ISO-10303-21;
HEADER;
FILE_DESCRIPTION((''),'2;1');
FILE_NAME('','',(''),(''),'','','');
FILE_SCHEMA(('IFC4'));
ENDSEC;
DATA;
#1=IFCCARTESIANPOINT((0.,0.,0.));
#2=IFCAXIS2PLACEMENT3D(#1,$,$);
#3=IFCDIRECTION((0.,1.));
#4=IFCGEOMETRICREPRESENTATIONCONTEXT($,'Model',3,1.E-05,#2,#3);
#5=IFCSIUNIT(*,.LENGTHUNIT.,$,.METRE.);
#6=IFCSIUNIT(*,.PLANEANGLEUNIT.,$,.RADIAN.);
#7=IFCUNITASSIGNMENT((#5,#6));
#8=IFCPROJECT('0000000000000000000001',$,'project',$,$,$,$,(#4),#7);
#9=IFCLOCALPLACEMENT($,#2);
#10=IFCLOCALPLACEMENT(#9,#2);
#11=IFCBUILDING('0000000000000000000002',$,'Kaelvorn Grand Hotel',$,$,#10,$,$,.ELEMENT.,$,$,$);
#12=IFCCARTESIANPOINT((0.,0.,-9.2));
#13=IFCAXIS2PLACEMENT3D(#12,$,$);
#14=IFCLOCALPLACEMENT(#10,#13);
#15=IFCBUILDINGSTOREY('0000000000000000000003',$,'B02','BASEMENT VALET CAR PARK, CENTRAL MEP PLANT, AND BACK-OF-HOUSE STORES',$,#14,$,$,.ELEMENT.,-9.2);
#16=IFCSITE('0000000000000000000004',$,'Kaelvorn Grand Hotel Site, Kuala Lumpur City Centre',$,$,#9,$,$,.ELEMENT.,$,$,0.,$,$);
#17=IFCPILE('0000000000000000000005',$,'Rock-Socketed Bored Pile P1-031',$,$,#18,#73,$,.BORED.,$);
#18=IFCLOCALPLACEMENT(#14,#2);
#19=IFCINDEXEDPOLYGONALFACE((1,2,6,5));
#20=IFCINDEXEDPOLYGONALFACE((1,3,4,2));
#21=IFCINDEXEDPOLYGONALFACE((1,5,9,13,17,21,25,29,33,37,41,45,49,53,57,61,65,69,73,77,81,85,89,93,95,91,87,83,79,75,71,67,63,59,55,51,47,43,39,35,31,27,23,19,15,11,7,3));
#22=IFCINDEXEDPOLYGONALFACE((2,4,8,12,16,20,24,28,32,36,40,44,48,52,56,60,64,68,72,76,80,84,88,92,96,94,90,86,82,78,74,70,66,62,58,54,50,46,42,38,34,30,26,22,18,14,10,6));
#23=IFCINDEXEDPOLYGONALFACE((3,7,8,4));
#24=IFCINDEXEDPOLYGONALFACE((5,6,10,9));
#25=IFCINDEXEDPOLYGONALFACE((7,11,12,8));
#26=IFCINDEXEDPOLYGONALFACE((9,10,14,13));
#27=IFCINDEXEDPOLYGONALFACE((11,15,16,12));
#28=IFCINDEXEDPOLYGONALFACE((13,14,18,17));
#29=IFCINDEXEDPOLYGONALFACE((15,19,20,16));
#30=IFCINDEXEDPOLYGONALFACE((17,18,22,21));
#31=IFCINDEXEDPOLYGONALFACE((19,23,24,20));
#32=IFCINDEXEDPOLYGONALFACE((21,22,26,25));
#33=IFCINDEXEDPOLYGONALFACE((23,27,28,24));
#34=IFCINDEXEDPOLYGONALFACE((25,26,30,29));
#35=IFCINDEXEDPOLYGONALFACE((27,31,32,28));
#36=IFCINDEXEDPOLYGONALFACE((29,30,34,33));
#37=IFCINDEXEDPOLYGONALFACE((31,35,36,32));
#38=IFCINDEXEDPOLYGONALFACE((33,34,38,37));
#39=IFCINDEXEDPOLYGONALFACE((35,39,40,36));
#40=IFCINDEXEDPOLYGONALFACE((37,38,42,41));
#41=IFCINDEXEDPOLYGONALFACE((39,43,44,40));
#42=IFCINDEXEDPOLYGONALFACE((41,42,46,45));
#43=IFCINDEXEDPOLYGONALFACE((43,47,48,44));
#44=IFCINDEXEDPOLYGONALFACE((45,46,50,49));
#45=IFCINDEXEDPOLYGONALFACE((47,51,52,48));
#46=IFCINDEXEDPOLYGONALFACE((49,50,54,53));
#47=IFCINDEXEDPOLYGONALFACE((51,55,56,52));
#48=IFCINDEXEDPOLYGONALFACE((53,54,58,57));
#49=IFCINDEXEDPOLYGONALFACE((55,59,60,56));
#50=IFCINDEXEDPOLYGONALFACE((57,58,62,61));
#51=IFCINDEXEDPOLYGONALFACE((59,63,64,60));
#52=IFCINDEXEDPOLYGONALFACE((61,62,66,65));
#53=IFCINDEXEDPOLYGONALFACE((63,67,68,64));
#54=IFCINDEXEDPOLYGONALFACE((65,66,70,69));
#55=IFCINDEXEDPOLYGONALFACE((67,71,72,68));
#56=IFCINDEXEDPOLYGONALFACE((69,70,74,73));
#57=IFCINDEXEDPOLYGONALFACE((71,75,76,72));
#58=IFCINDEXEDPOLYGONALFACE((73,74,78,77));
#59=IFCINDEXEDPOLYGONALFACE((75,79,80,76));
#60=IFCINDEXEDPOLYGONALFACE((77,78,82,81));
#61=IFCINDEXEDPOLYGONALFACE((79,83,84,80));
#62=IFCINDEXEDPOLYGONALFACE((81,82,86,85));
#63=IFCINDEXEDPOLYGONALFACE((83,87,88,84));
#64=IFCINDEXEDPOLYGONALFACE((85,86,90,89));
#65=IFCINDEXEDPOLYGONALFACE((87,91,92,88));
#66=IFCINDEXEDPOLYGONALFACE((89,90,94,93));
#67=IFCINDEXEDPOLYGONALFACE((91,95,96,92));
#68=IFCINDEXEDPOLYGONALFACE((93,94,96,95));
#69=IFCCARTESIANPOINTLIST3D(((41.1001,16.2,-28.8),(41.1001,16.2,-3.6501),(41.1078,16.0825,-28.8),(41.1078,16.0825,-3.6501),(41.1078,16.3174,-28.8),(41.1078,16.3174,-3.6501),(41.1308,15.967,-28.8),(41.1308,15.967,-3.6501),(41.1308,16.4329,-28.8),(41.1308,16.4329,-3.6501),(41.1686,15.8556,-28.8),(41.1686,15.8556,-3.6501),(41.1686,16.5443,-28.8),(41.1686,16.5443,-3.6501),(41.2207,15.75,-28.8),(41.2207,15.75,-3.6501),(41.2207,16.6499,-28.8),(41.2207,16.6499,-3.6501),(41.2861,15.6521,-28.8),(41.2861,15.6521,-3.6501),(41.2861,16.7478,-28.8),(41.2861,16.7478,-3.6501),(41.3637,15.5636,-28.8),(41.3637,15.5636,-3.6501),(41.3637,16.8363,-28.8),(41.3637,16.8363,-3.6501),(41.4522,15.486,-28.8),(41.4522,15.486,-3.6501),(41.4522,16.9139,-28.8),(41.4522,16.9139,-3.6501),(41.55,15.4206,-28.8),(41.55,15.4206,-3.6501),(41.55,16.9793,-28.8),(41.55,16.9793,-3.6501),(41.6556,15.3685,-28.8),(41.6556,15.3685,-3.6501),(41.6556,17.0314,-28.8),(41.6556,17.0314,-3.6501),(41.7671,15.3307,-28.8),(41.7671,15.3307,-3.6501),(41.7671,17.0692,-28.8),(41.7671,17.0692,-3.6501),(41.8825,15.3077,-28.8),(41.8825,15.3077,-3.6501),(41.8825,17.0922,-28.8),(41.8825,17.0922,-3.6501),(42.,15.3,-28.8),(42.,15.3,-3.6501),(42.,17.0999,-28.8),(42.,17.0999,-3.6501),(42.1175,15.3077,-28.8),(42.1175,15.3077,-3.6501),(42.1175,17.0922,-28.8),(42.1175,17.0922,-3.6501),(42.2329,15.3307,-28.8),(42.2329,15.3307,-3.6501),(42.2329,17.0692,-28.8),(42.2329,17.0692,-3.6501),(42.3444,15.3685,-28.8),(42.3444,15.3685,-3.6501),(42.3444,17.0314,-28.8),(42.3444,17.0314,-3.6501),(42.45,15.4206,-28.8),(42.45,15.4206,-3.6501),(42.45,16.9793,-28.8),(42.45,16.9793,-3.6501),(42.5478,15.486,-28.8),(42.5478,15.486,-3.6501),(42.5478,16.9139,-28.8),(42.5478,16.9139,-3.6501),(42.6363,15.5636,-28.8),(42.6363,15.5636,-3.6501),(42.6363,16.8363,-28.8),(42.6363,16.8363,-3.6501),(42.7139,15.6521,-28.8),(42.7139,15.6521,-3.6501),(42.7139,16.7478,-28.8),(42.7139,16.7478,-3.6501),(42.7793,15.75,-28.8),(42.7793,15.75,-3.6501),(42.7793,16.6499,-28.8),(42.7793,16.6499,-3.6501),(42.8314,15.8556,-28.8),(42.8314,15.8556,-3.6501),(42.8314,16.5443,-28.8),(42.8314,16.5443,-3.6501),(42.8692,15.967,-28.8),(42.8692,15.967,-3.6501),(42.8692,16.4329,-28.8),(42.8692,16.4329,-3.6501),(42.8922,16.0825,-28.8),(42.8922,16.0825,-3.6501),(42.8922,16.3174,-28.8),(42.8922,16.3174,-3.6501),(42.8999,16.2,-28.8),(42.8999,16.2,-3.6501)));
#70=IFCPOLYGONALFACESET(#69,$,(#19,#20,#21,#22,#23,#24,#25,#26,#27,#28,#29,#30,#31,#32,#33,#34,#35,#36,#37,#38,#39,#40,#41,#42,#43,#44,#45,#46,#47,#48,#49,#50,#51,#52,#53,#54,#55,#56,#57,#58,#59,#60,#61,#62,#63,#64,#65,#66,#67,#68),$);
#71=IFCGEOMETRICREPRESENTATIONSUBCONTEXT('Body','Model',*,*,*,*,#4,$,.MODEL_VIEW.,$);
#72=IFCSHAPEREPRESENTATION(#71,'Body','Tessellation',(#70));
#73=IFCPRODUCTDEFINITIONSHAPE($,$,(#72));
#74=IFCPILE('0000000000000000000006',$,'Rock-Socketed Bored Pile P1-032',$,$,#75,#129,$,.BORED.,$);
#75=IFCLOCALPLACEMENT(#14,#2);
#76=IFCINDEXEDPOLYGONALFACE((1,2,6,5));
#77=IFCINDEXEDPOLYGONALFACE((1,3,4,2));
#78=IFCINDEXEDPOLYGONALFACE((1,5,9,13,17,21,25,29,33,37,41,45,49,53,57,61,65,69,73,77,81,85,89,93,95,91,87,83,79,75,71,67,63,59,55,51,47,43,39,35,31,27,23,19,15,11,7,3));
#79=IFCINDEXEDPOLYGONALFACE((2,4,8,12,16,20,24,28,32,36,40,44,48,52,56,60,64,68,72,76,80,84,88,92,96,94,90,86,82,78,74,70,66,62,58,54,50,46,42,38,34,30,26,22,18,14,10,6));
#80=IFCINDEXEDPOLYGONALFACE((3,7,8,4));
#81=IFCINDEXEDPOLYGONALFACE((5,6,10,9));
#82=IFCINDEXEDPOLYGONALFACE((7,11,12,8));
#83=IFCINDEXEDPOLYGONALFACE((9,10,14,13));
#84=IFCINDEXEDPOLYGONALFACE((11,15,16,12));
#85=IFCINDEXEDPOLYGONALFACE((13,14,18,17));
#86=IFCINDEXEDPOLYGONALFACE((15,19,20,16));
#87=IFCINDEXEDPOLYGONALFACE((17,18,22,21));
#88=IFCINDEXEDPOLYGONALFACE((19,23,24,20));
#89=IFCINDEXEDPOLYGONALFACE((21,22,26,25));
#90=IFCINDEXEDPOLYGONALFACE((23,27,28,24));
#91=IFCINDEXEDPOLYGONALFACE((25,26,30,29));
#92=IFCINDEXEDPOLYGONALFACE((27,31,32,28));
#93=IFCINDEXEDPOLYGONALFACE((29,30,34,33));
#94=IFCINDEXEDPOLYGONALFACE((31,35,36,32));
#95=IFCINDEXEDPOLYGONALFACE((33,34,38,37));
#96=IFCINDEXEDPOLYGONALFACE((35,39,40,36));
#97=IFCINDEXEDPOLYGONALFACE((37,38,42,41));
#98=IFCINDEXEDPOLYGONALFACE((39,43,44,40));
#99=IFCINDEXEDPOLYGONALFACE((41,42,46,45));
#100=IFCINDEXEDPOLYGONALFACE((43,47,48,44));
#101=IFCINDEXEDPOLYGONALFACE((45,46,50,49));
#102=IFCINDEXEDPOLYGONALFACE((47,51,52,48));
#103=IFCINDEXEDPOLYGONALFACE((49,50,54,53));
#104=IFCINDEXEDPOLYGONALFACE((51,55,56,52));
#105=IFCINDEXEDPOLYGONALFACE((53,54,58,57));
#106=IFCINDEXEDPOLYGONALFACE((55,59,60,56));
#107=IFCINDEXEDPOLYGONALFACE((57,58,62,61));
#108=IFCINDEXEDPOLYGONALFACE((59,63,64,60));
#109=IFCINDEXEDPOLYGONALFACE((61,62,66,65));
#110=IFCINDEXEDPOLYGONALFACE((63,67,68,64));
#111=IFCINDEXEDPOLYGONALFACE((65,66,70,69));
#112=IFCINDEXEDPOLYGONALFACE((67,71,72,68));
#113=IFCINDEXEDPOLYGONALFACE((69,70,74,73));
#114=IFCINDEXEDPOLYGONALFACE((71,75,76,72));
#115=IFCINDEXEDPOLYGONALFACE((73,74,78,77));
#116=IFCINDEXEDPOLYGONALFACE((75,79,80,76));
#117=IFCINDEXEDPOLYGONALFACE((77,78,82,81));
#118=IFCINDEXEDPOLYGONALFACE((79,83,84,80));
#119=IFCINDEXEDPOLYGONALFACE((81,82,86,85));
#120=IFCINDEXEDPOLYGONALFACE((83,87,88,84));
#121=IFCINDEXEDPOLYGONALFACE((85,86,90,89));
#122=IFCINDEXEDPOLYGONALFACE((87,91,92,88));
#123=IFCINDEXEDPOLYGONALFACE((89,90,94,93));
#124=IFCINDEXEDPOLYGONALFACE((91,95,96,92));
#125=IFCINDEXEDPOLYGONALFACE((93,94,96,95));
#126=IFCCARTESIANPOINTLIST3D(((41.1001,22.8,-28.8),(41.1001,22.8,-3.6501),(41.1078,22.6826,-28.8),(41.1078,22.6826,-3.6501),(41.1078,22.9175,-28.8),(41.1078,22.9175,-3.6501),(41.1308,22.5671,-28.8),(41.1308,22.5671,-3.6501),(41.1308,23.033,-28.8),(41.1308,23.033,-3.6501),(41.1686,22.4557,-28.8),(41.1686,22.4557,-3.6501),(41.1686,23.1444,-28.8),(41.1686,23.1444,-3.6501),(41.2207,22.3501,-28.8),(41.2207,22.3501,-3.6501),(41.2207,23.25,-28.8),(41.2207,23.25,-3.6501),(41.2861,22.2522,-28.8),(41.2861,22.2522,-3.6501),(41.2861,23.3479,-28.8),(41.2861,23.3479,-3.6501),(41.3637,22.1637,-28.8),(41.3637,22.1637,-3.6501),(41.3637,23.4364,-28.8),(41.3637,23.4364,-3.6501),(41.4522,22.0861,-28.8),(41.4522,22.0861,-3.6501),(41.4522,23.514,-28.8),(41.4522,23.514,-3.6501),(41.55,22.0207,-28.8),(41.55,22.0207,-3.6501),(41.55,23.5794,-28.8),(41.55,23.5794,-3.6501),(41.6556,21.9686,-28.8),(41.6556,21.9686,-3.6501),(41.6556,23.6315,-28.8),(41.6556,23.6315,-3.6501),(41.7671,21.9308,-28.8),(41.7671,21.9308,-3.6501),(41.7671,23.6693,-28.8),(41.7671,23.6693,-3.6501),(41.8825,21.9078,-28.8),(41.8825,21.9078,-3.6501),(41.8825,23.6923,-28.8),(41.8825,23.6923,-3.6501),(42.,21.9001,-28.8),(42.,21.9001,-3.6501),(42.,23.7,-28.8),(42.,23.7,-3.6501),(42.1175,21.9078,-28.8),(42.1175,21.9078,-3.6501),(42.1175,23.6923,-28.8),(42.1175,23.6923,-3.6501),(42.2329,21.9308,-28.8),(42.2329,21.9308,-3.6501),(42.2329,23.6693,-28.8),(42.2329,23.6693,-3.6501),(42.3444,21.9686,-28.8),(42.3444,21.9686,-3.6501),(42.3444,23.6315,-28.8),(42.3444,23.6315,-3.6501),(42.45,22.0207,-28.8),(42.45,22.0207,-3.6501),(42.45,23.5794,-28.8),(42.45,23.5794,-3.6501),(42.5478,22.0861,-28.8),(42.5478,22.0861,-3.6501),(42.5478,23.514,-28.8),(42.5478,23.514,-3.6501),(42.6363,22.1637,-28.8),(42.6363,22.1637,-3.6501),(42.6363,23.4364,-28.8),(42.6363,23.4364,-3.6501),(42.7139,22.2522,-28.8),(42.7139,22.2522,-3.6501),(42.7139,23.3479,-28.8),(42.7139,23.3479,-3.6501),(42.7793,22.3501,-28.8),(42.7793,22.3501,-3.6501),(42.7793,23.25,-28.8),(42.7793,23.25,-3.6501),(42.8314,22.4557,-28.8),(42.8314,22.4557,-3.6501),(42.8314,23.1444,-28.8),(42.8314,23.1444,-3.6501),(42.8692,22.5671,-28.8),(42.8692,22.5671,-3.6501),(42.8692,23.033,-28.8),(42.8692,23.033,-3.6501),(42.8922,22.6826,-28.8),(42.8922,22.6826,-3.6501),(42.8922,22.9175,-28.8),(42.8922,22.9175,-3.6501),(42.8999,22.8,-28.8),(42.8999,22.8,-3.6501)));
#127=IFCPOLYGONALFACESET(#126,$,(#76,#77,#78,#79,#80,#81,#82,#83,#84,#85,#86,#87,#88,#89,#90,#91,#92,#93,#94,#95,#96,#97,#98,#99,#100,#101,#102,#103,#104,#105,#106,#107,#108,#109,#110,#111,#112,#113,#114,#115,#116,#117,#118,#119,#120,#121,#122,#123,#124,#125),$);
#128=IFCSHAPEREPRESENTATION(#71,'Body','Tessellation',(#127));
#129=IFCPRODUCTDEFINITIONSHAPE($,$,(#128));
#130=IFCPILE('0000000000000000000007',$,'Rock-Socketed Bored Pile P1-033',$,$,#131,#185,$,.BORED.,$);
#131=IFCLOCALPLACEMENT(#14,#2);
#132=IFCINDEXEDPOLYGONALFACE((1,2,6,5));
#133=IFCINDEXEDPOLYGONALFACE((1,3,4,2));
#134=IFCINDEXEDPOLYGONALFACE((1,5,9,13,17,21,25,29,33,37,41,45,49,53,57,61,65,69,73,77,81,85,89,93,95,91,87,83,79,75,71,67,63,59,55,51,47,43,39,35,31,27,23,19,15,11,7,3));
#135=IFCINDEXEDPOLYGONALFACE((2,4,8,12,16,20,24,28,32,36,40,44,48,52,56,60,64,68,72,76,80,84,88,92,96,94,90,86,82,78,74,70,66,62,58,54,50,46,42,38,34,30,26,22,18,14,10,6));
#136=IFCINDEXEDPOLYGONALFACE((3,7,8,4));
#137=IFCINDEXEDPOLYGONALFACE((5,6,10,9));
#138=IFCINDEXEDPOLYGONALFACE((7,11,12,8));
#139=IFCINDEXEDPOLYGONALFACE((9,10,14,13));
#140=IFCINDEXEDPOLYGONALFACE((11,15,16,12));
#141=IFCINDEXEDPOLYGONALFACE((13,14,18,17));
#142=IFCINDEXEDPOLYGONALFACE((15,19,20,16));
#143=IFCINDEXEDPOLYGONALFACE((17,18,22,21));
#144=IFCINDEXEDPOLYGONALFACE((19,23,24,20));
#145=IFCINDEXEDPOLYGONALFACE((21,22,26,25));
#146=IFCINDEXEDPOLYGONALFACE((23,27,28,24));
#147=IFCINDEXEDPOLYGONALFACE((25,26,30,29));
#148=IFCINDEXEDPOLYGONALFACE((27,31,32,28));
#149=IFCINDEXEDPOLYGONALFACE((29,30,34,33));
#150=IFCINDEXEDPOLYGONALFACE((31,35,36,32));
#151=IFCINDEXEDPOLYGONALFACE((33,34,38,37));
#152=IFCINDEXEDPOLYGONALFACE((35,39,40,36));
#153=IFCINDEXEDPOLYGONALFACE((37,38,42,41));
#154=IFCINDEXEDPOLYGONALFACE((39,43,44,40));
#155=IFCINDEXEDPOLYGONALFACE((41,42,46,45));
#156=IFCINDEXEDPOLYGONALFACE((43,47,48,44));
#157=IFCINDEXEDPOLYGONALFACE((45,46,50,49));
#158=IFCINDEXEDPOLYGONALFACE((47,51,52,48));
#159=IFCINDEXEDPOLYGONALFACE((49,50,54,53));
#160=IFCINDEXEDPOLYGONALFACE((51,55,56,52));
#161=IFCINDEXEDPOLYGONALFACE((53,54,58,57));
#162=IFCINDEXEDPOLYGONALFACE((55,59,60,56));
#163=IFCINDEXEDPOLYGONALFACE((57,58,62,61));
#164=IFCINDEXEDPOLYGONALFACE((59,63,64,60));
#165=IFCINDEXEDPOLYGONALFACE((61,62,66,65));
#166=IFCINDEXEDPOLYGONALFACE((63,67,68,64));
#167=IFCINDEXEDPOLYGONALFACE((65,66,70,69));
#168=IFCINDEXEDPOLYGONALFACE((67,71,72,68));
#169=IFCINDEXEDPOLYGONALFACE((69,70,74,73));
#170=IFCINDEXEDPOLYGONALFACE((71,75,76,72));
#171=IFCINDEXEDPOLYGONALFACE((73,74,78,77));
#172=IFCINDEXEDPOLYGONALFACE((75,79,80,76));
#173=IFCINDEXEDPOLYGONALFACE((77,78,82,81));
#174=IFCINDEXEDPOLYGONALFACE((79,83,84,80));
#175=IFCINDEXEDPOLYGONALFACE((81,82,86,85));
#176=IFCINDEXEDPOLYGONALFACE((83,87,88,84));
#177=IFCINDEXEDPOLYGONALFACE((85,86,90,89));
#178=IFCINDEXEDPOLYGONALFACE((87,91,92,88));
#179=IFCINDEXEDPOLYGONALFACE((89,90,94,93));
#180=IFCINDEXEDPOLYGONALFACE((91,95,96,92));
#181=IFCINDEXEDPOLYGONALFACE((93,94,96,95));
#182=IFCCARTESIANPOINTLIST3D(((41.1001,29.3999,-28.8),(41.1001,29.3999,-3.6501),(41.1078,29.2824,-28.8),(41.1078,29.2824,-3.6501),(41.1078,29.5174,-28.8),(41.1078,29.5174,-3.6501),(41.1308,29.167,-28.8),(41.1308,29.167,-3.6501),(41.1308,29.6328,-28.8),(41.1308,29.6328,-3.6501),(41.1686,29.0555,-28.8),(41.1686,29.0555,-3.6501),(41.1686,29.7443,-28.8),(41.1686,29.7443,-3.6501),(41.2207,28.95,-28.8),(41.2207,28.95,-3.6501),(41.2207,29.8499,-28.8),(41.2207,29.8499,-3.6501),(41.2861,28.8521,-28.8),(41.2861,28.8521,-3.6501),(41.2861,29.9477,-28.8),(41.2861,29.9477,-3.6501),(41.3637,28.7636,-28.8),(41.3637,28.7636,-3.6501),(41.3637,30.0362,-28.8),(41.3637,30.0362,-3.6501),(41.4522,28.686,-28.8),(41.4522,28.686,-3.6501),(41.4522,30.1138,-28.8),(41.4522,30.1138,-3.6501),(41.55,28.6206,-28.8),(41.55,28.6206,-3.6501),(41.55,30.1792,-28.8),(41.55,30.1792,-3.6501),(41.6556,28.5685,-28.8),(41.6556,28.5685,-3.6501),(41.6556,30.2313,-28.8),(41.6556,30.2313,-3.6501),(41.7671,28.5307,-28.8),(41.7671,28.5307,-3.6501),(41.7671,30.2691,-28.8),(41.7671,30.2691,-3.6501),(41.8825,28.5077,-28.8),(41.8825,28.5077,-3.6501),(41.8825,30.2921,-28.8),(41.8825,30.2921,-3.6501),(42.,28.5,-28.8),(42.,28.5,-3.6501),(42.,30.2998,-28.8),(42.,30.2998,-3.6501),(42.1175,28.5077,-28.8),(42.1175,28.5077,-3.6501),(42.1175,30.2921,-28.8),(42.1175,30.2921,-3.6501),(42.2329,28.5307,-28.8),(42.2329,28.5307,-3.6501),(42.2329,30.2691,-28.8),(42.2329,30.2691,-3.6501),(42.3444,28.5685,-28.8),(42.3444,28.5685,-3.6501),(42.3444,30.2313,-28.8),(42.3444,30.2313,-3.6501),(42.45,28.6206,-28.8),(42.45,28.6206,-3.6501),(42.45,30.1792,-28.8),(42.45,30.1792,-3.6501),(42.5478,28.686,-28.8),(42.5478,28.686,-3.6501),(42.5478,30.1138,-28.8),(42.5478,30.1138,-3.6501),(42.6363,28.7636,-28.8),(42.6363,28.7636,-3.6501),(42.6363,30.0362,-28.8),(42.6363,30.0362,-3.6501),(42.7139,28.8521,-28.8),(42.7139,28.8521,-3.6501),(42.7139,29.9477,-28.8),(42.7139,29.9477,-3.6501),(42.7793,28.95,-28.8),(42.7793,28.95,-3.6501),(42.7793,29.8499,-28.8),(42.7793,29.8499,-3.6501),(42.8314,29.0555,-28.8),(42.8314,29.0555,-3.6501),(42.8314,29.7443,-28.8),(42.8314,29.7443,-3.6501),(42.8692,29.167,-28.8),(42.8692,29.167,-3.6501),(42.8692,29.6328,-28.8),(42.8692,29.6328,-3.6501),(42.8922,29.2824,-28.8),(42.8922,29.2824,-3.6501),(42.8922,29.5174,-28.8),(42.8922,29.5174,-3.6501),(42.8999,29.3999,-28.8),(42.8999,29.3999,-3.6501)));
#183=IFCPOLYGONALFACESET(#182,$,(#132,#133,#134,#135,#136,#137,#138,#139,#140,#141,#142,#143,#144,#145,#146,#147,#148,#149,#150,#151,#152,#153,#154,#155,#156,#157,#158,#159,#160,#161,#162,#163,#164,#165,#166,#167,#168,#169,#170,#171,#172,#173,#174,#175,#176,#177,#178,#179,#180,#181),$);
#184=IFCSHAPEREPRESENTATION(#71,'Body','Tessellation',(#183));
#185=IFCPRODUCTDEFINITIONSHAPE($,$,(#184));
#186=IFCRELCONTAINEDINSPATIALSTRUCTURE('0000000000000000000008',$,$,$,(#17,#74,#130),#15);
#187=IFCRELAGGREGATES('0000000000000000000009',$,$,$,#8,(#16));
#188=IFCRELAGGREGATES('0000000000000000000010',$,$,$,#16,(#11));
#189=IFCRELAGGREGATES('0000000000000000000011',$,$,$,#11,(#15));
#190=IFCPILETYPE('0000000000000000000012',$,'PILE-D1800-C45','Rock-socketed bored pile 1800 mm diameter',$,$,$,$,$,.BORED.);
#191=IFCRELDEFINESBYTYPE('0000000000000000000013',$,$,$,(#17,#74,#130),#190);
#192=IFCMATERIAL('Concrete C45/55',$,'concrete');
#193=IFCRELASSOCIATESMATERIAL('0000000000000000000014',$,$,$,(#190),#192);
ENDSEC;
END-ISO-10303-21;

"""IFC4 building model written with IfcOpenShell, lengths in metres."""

from ifc_helpers import new_model, si_unit, direction, frame, origin, origin_2d, place, context, subcontext, project, spatial, circle, extrude, material, material_profile, profile_set, type_object, element, save


model = new_model("IFC4")

# Units and contexts
model_context = context("Model", 3, precision=1e-05, world=origin(), true_north=direction((0.0, 1.0)))
body_context = subcontext(model_context, "Body", "Model", "MODEL_VIEW")
ifc_project = project(units=[si_unit("LENGTHUNIT", "METRE"), si_unit("PLANEANGLEUNIT", "RADIAN")], contexts=[model_context])

# Site, building, storey
site_placement = place(None, origin())
site = spatial("IfcSite", under=ifc_project, at=site_placement, Name="Kaelvorn Grand Hotel Site, Kuala Lumpur City Centre", CompositionType="ELEMENT", RefElevation=0.0)
building_placement = place(site_placement, origin())
building = spatial("IfcBuilding", under=site, at=building_placement, Name="Kaelvorn Grand Hotel", CompositionType="ELEMENT")
storey_placement = place(building_placement, frame((0.0, 0.0, -9.2)))
storey = spatial("IfcBuildingStorey", under=building, at=storey_placement, Name="B02", Description="BASEMENT VALET CAR PARK, CENTRAL MEP PLANT, AND BACK-OF-HOUSE STORES", CompositionType="ELEMENT", Elevation=-9.2)

# Piles
ifc_material_1 = material(Name="Concrete C45/55", Category="concrete")
ifc_material_profile_1 = material_profile(ifc_material_1, circle(Radius=0.8999, at=origin_2d()), Name="BORED PILE D1800")
ifc_profile_set_1 = profile_set([ifc_material_profile_1], Name="Concrete C45/55")
pile_type = type_object("IfcPileType", Name="PILE-D1800-C45", Description="Rock-socketed bored pile 1800 mm diameter", PredefinedType="BORED", material=ifc_profile_set_1)
for number, where, z_axis, x_axis, name in (
    (1, (42.0, 16.2, -3.6501), (0.0, 0.0, -1.0), (1.0, 0.0, 0.0), "Rock-Socketed Bored Pile P1-031"),
    (2, (42.0, 22.8, -3.6501), (0.0, 0.0, -1.0), (1.0, 0.0, 0.0), "Rock-Socketed Bored Pile P1-032"),
    (3, (42.0, 29.3999, -3.6501), (0.0, 0.0, -1.0), (1.0, 0.0, 0.0), "Rock-Socketed Bored Pile P1-033"),
):
    element("IfcPile", number, at=place(storey_placement, frame(where, z_axis=z_axis, x_axis=x_axis)), inside=storey, type_object=pile_type, Name=name, PredefinedType="BORED", context=body_context, shape_type="SweptSolid", body=[
        extrude(circle(Radius=0.8999, at=origin_2d()), origin(), (0.0, 0.0, 1.0), 25.1499),
    ])

save(model, "model.ifc")
